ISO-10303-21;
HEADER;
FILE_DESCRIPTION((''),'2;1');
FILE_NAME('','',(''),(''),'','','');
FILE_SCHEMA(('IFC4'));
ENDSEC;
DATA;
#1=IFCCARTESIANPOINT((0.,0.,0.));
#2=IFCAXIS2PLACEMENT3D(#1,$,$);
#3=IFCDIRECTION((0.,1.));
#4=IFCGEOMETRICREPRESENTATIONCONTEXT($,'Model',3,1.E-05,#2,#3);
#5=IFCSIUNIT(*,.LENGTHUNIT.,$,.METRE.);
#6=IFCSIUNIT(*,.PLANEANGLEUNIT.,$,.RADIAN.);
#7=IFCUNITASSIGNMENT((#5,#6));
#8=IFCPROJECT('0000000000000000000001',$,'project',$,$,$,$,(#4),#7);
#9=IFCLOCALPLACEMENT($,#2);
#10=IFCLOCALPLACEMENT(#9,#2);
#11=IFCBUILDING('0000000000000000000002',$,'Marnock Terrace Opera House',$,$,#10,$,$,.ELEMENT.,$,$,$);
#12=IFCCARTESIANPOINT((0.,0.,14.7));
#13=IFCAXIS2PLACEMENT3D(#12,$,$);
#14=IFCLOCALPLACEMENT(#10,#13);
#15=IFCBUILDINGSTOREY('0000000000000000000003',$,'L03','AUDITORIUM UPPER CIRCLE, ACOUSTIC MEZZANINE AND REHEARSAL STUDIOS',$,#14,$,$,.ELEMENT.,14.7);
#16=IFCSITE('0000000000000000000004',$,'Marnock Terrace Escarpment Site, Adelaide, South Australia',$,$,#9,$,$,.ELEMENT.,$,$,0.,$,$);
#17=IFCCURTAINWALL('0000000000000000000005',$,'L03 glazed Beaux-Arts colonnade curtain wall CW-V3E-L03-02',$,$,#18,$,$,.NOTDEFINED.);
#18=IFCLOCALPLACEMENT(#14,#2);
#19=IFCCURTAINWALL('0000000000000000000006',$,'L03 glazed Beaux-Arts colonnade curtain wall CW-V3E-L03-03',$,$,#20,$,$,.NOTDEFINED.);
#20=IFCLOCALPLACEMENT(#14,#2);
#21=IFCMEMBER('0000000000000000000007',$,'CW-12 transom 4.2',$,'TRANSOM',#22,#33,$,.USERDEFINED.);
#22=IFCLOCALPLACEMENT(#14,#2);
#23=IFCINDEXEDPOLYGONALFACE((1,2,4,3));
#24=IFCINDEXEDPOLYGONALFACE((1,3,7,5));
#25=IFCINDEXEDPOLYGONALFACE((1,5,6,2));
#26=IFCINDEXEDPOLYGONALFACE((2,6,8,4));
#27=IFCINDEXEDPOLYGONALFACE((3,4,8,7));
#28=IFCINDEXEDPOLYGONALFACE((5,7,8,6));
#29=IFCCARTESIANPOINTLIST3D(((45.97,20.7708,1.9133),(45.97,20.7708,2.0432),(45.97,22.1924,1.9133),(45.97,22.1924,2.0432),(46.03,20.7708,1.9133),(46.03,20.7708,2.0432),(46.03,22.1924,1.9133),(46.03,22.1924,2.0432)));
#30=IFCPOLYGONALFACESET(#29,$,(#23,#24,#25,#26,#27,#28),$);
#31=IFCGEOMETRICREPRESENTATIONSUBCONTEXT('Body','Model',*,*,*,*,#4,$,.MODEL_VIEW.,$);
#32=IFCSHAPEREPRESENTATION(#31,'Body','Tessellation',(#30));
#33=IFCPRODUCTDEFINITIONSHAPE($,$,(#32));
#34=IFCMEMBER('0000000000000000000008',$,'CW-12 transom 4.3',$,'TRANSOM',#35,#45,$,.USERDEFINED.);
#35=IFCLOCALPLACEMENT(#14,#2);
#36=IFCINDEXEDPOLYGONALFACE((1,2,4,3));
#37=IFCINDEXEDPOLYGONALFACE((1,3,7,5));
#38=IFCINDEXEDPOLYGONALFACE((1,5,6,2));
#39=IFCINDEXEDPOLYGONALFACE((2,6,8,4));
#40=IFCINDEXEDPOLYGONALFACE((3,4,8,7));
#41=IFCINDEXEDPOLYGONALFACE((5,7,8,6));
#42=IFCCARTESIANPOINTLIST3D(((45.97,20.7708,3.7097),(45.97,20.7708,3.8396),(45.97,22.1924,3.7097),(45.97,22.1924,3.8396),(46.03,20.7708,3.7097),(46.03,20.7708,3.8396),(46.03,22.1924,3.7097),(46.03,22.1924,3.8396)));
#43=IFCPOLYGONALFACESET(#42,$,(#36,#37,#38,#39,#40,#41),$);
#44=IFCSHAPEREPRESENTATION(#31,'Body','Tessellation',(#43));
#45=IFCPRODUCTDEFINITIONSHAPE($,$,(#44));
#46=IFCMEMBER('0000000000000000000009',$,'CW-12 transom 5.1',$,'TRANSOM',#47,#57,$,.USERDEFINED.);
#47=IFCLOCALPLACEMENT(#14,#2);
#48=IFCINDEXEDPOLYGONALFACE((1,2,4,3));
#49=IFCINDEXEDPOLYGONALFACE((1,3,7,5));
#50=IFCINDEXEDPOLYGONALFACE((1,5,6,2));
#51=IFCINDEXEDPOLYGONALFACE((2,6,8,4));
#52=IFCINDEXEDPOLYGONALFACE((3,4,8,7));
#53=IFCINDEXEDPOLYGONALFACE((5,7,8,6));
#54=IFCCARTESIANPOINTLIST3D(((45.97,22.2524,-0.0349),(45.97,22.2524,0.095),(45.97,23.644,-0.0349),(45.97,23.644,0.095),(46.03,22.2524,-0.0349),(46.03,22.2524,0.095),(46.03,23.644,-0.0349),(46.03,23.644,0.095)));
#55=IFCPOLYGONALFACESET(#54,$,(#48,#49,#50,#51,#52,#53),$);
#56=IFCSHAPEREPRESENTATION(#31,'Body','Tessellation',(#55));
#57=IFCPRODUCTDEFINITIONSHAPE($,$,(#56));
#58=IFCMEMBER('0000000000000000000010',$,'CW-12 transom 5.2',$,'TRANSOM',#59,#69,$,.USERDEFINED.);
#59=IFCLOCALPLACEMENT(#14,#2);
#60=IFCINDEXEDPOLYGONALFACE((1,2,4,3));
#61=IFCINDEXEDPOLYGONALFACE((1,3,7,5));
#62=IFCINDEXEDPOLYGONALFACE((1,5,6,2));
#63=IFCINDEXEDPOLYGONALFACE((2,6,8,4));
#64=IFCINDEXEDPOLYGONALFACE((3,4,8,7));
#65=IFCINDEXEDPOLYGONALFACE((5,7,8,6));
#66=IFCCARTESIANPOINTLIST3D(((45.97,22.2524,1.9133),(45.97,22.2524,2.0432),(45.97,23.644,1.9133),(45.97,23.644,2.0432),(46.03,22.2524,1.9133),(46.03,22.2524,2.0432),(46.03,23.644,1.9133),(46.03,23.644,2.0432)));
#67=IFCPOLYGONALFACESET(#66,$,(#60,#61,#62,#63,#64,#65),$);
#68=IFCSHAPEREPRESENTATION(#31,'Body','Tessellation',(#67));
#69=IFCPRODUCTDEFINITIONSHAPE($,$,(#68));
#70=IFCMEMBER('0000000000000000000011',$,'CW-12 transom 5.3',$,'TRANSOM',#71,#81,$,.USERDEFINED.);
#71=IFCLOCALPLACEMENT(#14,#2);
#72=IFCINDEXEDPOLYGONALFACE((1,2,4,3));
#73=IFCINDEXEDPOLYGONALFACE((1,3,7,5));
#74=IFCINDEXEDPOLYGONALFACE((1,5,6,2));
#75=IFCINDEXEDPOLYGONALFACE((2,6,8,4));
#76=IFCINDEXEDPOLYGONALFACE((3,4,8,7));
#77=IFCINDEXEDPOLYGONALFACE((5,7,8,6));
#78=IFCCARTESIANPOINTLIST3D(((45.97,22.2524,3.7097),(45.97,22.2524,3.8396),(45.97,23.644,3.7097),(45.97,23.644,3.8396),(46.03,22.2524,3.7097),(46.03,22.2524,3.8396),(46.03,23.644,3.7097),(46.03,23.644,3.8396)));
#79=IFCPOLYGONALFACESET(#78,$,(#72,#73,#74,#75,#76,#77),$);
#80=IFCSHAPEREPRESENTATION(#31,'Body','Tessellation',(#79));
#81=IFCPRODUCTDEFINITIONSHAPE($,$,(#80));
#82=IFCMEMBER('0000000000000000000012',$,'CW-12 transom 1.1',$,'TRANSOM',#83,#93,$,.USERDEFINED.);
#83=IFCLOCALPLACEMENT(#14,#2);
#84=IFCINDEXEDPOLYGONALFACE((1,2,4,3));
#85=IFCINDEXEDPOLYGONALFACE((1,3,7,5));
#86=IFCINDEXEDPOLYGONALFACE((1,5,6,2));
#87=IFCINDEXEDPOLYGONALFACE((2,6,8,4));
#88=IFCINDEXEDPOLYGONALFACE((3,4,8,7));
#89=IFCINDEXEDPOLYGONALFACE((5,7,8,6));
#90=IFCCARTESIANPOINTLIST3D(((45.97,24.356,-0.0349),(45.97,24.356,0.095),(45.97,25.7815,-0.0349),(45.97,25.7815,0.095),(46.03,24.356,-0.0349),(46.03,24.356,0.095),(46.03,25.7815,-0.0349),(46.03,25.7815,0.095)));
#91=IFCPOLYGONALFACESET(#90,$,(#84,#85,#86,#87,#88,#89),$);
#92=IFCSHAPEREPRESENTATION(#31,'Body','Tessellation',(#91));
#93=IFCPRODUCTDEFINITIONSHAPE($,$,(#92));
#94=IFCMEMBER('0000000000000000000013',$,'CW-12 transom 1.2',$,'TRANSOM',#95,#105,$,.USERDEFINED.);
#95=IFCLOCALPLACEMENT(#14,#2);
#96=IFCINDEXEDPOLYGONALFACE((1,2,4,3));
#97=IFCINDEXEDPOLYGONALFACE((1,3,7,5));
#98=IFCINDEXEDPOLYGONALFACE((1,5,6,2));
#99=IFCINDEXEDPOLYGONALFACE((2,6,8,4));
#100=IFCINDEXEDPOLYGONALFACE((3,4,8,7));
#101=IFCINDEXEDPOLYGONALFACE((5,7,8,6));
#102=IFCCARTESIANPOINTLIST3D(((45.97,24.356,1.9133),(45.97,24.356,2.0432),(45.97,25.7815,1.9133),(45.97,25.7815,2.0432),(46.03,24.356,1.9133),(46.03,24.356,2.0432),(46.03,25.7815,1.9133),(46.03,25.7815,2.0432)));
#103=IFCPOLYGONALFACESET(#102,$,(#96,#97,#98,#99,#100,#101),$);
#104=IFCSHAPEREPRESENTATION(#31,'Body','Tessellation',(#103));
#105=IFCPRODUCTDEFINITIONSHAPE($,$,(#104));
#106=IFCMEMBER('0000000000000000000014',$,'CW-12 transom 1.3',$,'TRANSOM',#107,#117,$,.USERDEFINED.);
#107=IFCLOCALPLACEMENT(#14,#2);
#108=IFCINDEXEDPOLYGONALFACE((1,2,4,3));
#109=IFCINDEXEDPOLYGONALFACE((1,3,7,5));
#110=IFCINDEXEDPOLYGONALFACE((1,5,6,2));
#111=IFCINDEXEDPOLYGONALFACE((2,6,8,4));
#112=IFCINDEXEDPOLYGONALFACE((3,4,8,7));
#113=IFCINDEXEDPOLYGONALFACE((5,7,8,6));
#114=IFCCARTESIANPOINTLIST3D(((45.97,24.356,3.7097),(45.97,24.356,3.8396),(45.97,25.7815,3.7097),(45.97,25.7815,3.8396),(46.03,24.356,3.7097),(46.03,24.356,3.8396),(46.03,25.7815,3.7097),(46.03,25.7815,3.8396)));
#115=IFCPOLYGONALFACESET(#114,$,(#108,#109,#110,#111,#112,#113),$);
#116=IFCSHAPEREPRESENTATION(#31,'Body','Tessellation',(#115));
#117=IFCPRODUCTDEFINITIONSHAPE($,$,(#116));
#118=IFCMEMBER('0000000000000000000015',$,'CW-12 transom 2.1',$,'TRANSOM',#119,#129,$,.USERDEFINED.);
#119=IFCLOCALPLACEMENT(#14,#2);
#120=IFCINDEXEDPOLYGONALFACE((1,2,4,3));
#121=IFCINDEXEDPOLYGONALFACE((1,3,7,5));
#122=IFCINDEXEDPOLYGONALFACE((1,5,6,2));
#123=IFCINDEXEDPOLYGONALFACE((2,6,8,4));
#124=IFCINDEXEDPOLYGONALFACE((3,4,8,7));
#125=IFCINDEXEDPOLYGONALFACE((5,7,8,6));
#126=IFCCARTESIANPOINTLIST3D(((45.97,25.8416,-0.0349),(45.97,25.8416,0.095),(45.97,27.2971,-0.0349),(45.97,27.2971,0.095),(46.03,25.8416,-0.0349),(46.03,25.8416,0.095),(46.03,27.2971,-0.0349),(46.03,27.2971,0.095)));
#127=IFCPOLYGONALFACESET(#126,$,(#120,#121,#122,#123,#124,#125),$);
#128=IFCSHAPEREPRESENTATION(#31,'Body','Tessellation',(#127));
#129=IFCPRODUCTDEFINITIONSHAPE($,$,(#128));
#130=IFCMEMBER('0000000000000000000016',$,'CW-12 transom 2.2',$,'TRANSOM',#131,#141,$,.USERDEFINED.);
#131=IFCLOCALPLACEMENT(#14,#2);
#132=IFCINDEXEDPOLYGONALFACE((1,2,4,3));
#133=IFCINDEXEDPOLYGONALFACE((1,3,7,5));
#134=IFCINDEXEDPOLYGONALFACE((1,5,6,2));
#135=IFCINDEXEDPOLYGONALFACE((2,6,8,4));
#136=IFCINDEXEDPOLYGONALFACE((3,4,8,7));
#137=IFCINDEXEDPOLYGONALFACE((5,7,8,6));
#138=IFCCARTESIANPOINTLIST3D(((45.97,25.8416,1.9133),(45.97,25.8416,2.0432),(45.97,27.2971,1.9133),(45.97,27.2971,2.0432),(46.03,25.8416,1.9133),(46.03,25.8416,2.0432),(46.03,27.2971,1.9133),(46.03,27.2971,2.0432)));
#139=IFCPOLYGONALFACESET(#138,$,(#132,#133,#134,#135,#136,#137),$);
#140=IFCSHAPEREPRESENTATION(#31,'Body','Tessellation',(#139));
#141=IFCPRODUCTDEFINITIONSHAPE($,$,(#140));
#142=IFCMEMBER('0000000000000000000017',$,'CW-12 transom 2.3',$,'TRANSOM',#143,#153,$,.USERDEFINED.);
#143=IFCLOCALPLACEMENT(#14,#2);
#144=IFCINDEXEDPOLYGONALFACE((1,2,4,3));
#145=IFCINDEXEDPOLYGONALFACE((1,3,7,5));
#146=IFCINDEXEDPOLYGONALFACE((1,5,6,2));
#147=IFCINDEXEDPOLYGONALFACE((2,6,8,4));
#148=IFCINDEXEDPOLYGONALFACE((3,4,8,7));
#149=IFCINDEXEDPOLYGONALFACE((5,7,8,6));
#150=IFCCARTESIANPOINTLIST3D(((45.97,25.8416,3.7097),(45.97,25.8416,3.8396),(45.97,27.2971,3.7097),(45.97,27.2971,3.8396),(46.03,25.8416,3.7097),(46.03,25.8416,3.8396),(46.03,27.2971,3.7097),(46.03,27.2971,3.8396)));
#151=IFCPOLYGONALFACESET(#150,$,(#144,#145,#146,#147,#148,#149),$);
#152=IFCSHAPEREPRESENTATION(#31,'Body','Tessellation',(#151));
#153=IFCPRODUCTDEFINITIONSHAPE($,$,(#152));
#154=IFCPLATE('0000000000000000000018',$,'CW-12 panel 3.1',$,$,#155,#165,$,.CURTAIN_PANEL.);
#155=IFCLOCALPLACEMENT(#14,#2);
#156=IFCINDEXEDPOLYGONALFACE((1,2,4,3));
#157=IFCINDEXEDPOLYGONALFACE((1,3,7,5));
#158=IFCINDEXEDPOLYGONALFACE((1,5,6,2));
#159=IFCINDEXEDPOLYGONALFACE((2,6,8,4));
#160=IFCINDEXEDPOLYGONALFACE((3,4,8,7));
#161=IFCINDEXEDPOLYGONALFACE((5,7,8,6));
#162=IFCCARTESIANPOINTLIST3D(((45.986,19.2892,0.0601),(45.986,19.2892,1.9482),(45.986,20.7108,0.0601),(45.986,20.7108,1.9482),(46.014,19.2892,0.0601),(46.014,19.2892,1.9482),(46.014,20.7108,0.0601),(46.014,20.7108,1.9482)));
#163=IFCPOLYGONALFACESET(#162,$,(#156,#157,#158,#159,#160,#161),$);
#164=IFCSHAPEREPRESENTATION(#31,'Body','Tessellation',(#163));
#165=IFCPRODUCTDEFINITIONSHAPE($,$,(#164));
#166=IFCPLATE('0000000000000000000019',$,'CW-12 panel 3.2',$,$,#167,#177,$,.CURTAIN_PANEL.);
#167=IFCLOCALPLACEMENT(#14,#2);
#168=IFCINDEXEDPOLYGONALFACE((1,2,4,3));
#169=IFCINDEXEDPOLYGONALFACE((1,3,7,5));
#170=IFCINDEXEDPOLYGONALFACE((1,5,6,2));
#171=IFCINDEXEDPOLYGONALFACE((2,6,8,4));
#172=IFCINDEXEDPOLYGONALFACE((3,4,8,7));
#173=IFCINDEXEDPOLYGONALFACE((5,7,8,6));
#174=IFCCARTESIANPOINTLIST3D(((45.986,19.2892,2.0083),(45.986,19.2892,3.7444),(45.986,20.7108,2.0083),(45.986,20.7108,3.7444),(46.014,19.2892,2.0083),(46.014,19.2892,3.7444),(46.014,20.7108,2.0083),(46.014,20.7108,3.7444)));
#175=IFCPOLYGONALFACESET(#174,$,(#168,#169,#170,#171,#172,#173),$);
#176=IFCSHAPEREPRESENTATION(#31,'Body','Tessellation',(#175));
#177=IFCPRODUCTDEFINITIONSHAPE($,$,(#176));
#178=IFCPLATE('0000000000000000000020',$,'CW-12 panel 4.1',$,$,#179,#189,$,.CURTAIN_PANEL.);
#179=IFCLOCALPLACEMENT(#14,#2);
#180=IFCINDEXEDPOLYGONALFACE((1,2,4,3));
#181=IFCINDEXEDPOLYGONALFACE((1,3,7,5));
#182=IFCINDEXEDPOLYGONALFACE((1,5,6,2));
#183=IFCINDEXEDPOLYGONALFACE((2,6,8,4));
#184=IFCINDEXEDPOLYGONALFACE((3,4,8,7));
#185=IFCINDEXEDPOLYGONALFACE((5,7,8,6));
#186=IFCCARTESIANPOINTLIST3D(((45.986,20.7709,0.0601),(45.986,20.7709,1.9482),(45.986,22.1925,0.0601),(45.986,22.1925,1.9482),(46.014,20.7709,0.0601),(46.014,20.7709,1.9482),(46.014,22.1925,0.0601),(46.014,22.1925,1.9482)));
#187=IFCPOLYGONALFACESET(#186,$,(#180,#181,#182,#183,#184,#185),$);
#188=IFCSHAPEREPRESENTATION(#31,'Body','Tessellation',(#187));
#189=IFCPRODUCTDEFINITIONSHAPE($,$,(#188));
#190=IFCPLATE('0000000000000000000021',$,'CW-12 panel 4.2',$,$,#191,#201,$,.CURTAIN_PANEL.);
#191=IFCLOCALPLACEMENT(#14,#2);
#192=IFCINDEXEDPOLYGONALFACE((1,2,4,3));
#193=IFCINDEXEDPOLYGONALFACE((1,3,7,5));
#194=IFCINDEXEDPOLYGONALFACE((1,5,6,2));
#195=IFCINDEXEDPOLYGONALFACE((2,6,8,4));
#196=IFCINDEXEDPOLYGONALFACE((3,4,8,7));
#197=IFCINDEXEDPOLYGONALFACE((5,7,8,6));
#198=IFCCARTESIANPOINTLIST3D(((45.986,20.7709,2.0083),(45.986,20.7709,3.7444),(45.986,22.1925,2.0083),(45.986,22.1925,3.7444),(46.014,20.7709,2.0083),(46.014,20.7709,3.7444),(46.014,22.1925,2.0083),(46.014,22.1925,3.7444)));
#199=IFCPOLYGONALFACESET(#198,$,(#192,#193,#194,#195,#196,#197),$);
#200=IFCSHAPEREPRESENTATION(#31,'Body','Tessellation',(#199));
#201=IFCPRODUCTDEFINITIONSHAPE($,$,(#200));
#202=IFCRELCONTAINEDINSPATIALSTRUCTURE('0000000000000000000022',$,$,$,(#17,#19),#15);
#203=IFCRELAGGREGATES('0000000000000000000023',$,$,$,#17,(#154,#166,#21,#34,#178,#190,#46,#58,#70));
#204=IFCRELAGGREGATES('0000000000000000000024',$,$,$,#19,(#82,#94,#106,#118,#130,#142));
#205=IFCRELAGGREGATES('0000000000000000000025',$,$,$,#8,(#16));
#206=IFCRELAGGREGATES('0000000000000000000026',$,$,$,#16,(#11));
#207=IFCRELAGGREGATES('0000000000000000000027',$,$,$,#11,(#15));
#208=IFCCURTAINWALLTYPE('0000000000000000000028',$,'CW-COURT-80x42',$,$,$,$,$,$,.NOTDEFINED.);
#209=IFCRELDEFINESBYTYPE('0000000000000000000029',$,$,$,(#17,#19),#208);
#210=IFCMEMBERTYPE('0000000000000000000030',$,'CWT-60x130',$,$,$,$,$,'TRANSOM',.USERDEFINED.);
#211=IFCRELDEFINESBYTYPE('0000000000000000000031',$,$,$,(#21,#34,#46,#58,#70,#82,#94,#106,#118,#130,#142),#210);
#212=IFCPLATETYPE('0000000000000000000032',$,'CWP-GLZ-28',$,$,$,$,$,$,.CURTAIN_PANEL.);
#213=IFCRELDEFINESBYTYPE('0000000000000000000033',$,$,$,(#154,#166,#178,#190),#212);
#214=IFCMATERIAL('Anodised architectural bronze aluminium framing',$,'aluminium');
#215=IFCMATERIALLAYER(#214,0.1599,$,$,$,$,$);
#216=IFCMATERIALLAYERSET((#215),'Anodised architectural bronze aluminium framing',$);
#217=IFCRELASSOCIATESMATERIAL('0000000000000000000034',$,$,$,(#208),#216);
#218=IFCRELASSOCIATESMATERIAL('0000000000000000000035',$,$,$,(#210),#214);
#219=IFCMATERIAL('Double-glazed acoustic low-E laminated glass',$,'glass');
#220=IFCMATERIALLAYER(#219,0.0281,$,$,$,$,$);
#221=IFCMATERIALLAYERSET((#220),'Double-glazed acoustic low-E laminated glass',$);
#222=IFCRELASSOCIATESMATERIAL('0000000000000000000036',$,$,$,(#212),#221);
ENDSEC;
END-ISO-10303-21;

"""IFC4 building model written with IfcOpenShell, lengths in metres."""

from ifc_helpers import new_model, si_unit, direction, frame, origin, origin_2d, place, context, subcontext, project, spatial, rectangle, extrude, material, layer, layer_set, material_profile, profile_set, type_object, element, aggregate, save


model = new_model("IFC4")

# Units and contexts
model_context = context("Model", 3, precision=1e-05, world=origin(), true_north=direction((0.0, 1.0)))
body_context = subcontext(model_context, "Body", "Model", "MODEL_VIEW")
ifc_project = project(units=[si_unit("LENGTHUNIT", "METRE"), si_unit("PLANEANGLEUNIT", "RADIAN")], contexts=[model_context])

# Site, building, storey
site_placement = place(None, origin())
site = spatial("IfcSite", under=ifc_project, at=site_placement, Name="Marnock Terrace Escarpment Site, Adelaide, South Australia", CompositionType="ELEMENT", RefElevation=0.0)
building_placement = place(site_placement, origin())
building = spatial("IfcBuilding", under=site, at=building_placement, Name="Marnock Terrace Opera House", CompositionType="ELEMENT")
storey_placement = place(building_placement, frame((0.0, 0.0, 14.7)))
storey = spatial("IfcBuildingStorey", under=building, at=storey_placement, Name="L03", Description="AUDITORIUM UPPER CIRCLE, ACOUSTIC MEZZANINE AND REHEARSAL STUDIOS", CompositionType="ELEMENT", Elevation=14.7)

# Curtain walls
ifc_material_1 = material(Name="Anodised architectural bronze aluminium framing", Category="aluminium")
ifc_layer_1 = layer(ifc_material_1, 0.1599)
ifc_layer_set_1 = layer_set([ifc_layer_1], Name="Anodised architectural bronze aluminium framing")
curtain_wall_type = type_object("IfcCurtainWallType", Name="CW-COURT-80x42", PredefinedType="NOTDEFINED", material=ifc_layer_set_1)
curtain_wall_1_placement = place(storey_placement, origin())
curtain_wall_1 = element("IfcCurtainWall", 1, at=curtain_wall_1_placement, inside=storey, type_object=curtain_wall_type, Name="L03 glazed Beaux-Arts colonnade curtain wall CW-V3E-L03-02", PredefinedType="NOTDEFINED")
curtain_wall_2_placement = place(storey_placement, origin())
curtain_wall_2 = element("IfcCurtainWall", 2, at=curtain_wall_2_placement, inside=storey, type_object=curtain_wall_type, Name="L03 glazed Beaux-Arts colonnade curtain wall CW-V3E-L03-03", PredefinedType="NOTDEFINED")

# Members
ifc_material_profile_1 = material_profile(ifc_material_1, rectangle(XDim=0.0601, YDim=0.1299, at=origin_2d()))
ifc_profile_set_1 = profile_set([ifc_material_profile_1], Name="Anodised architectural bronze aluminium framing")
member_type_1 = type_object("IfcMemberType", Name="CWT-60x130", ElementType="TRANSOM", PredefinedType="USERDEFINED", material=ifc_profile_set_1)
member_1_placement = place(storey_placement, frame((46.0, 20.7708, 1.9783), z_axis=(0.0, 1.0, 0.0), x_axis=(-1.0, 0.0, 0.0)))
member_1 = element("IfcMember", 3, at=member_1_placement, type_object=member_type_1, Name="CW-12 transom 4.2", ObjectType="TRANSOM", PredefinedType="USERDEFINED", context=body_context, shape_type="SweptSolid", body=[
    extrude(rectangle(XDim=0.0601, YDim=0.1299, at=origin_2d()), origin(), (0.0, 0.0, 1.0), 1.4216),
])
member_2_placement = place(storey_placement, frame((46.0, 20.7708, 3.7747), z_axis=(0.0, 1.0, 0.0), x_axis=(-1.0, 0.0, 0.0)))
member_2 = element("IfcMember", 4, at=member_2_placement, type_object=member_type_1, Name="CW-12 transom 4.3", ObjectType="TRANSOM", PredefinedType="USERDEFINED", context=body_context, shape_type="SweptSolid", body=[
    extrude(rectangle(XDim=0.0601, YDim=0.1299, at=origin_2d()), origin(), (0.0, 0.0, 1.0), 1.4216),
])
member_3_placement = place(storey_placement, frame((46.0, 22.2524, 0.03), z_axis=(0.0, 1.0, 0.0), x_axis=(-1.0, 0.0, 0.0)))
member_3 = element("IfcMember", 5, at=member_3_placement, type_object=member_type_1, Name="CW-12 transom 5.1", ObjectType="TRANSOM", PredefinedType="USERDEFINED", context=body_context, shape_type="SweptSolid", body=[
    extrude(rectangle(XDim=0.0601, YDim=0.1299, at=origin_2d()), origin(), (0.0, 0.0, 1.0), 1.3916),
])
member_4_placement = place(storey_placement, frame((46.0, 22.2524, 1.9783), z_axis=(0.0, 1.0, 0.0), x_axis=(-1.0, 0.0, 0.0)))
member_4 = element("IfcMember", 6, at=member_4_placement, type_object=member_type_1, Name="CW-12 transom 5.2", ObjectType="TRANSOM", PredefinedType="USERDEFINED", context=body_context, shape_type="SweptSolid", body=[
    extrude(rectangle(XDim=0.0601, YDim=0.1299, at=origin_2d()), origin(), (0.0, 0.0, 1.0), 1.3916),
])
member_5_placement = place(storey_placement, frame((46.0, 22.2524, 3.7747), z_axis=(0.0, 1.0, 0.0), x_axis=(-1.0, 0.0, 0.0)))
member_5 = element("IfcMember", 7, at=member_5_placement, type_object=member_type_1, Name="CW-12 transom 5.3", ObjectType="TRANSOM", PredefinedType="USERDEFINED", context=body_context, shape_type="SweptSolid", body=[
    extrude(rectangle(XDim=0.0601, YDim=0.1299, at=origin_2d()), origin(), (0.0, 0.0, 1.0), 1.3916),
])
member_6_placement = place(storey_placement, frame((46.0, 24.356, 0.03), z_axis=(0.0, 1.0, 0.0), x_axis=(-1.0, 0.0, 0.0)))
member_6 = element("IfcMember", 8, at=member_6_placement, type_object=member_type_1, Name="CW-12 transom 1.1", ObjectType="TRANSOM", PredefinedType="USERDEFINED", context=body_context, shape_type="SweptSolid", body=[
    extrude(rectangle(XDim=0.0601, YDim=0.1299, at=origin_2d()), origin(), (0.0, 0.0, 1.0), 1.4255),
])
member_7_placement = place(storey_placement, frame((46.0, 24.356, 1.9783), z_axis=(0.0, 1.0, 0.0), x_axis=(-1.0, 0.0, 0.0)))
member_7 = element("IfcMember", 9, at=member_7_placement, type_object=member_type_1, Name="CW-12 transom 1.2", ObjectType="TRANSOM", PredefinedType="USERDEFINED", context=body_context, shape_type="SweptSolid", body=[
    extrude(rectangle(XDim=0.0601, YDim=0.1299, at=origin_2d()), origin(), (0.0, 0.0, 1.0), 1.4255),
])
member_8_placement = place(storey_placement, frame((46.0, 24.356, 3.7747), z_axis=(0.0, 1.0, 0.0), x_axis=(-1.0, 0.0, 0.0)))
member_8 = element("IfcMember", 10, at=member_8_placement, type_object=member_type_1, Name="CW-12 transom 1.3", ObjectType="TRANSOM", PredefinedType="USERDEFINED", context=body_context, shape_type="SweptSolid", body=[
    extrude(rectangle(XDim=0.0601, YDim=0.1299, at=origin_2d()), origin(), (0.0, 0.0, 1.0), 1.4255),
])
member_9_placement = place(storey_placement, frame((46.0, 25.8416, 0.03), z_axis=(0.0, 1.0, 0.0), x_axis=(-1.0, 0.0, 0.0)))
member_9 = element("IfcMember", 11, at=member_9_placement, type_object=member_type_1, Name="CW-12 transom 2.1", ObjectType="TRANSOM", PredefinedType="USERDEFINED", context=body_context, shape_type="SweptSolid", body=[
    extrude(rectangle(XDim=0.0601, YDim=0.1299, at=origin_2d()), origin(), (0.0, 0.0, 1.0), 1.4556),
])
member_10_placement = place(storey_placement, frame((46.0, 25.8416, 1.9783), z_axis=(0.0, 1.0, 0.0), x_axis=(-1.0, 0.0, 0.0)))
member_10 = element("IfcMember", 12, at=member_10_placement, type_object=member_type_1, Name="CW-12 transom 2.2", ObjectType="TRANSOM", PredefinedType="USERDEFINED", context=body_context, shape_type="SweptSolid", body=[
    extrude(rectangle(XDim=0.0601, YDim=0.1299, at=origin_2d()), origin(), (0.0, 0.0, 1.0), 1.4556),
])
member_11_placement = place(storey_placement, frame((46.0, 25.8416, 3.7747), z_axis=(0.0, 1.0, 0.0), x_axis=(-1.0, 0.0, 0.0)))
member_11 = element("IfcMember", 13, at=member_11_placement, type_object=member_type_1, Name="CW-12 transom 2.3", ObjectType="TRANSOM", PredefinedType="USERDEFINED", context=body_context, shape_type="SweptSolid", body=[
    extrude(rectangle(XDim=0.0601, YDim=0.1299, at=origin_2d()), origin(), (0.0, 0.0, 1.0), 1.4556),
])

# Plates
ifc_material_2 = material(Name="Double-glazed acoustic low-E laminated glass", Category="glass")
ifc_layer_2 = layer(ifc_material_2, 0.0281)
ifc_layer_set_2 = layer_set([ifc_layer_2], Name="Double-glazed acoustic low-E laminated glass")
plate_type = type_object("IfcPlateType", Name="CWP-GLZ-28", PredefinedType="CURTAIN_PANEL", material=ifc_layer_set_2)
plate_1_placement = place(storey_placement, frame((46.0, 20.0, 0.0601), z_axis=(0.0, 0.0, 1.0), x_axis=(0.0, 1.0, 0.0)))
plate_1 = element("IfcPlate", 14, at=plate_1_placement, type_object=plate_type, Name="CW-12 panel 3.1", PredefinedType="CURTAIN_PANEL", context=body_context, shape_type="SweptSolid", body=[
    extrude(rectangle(XDim=1.4216, YDim=0.0281, at=origin_2d()), origin(), (0.0, 0.0, 1.0), 1.8882),
])
plate_2_placement = place(storey_placement, frame((46.0, 20.0, 2.0083), z_axis=(0.0, 0.0, 1.0), x_axis=(0.0, 1.0, 0.0)))
plate_2 = element("IfcPlate", 15, at=plate_2_placement, type_object=plate_type, Name="CW-12 panel 3.2", PredefinedType="CURTAIN_PANEL", context=body_context, shape_type="SweptSolid", body=[
    extrude(rectangle(XDim=1.4216, YDim=0.0281, at=origin_2d()), origin(), (0.0, 0.0, 1.0), 1.7361),
])
plate_3_placement = place(storey_placement, frame((46.0, 21.4817, 0.0601), z_axis=(0.0, 0.0, 1.0), x_axis=(0.0, 1.0, 0.0)))
plate_3 = element("IfcPlate", 16, at=plate_3_placement, type_object=plate_type, Name="CW-12 panel 4.1", PredefinedType="CURTAIN_PANEL", context=body_context, shape_type="SweptSolid", body=[
    extrude(rectangle(XDim=1.4216, YDim=0.0281, at=origin_2d()), origin(), (0.0, 0.0, 1.0), 1.8882),
])
plate_4_placement = place(storey_placement, frame((46.0, 21.4817, 2.0083), z_axis=(0.0, 0.0, 1.0), x_axis=(0.0, 1.0, 0.0)))
plate_4 = element("IfcPlate", 17, at=plate_4_placement, type_object=plate_type, Name="CW-12 panel 4.2", PredefinedType="CURTAIN_PANEL", context=body_context, shape_type="SweptSolid", body=[
    extrude(rectangle(XDim=1.4216, YDim=0.0281, at=origin_2d()), origin(), (0.0, 0.0, 1.0), 1.7361),
])
aggregate(curtain_wall_1, [plate_1, plate_2, member_1, member_2, plate_3, plate_4, member_3, member_4, member_5])
aggregate(curtain_wall_2, [member_6, member_7, member_8, member_9, member_10, member_11])

save(model, "model.ifc")
